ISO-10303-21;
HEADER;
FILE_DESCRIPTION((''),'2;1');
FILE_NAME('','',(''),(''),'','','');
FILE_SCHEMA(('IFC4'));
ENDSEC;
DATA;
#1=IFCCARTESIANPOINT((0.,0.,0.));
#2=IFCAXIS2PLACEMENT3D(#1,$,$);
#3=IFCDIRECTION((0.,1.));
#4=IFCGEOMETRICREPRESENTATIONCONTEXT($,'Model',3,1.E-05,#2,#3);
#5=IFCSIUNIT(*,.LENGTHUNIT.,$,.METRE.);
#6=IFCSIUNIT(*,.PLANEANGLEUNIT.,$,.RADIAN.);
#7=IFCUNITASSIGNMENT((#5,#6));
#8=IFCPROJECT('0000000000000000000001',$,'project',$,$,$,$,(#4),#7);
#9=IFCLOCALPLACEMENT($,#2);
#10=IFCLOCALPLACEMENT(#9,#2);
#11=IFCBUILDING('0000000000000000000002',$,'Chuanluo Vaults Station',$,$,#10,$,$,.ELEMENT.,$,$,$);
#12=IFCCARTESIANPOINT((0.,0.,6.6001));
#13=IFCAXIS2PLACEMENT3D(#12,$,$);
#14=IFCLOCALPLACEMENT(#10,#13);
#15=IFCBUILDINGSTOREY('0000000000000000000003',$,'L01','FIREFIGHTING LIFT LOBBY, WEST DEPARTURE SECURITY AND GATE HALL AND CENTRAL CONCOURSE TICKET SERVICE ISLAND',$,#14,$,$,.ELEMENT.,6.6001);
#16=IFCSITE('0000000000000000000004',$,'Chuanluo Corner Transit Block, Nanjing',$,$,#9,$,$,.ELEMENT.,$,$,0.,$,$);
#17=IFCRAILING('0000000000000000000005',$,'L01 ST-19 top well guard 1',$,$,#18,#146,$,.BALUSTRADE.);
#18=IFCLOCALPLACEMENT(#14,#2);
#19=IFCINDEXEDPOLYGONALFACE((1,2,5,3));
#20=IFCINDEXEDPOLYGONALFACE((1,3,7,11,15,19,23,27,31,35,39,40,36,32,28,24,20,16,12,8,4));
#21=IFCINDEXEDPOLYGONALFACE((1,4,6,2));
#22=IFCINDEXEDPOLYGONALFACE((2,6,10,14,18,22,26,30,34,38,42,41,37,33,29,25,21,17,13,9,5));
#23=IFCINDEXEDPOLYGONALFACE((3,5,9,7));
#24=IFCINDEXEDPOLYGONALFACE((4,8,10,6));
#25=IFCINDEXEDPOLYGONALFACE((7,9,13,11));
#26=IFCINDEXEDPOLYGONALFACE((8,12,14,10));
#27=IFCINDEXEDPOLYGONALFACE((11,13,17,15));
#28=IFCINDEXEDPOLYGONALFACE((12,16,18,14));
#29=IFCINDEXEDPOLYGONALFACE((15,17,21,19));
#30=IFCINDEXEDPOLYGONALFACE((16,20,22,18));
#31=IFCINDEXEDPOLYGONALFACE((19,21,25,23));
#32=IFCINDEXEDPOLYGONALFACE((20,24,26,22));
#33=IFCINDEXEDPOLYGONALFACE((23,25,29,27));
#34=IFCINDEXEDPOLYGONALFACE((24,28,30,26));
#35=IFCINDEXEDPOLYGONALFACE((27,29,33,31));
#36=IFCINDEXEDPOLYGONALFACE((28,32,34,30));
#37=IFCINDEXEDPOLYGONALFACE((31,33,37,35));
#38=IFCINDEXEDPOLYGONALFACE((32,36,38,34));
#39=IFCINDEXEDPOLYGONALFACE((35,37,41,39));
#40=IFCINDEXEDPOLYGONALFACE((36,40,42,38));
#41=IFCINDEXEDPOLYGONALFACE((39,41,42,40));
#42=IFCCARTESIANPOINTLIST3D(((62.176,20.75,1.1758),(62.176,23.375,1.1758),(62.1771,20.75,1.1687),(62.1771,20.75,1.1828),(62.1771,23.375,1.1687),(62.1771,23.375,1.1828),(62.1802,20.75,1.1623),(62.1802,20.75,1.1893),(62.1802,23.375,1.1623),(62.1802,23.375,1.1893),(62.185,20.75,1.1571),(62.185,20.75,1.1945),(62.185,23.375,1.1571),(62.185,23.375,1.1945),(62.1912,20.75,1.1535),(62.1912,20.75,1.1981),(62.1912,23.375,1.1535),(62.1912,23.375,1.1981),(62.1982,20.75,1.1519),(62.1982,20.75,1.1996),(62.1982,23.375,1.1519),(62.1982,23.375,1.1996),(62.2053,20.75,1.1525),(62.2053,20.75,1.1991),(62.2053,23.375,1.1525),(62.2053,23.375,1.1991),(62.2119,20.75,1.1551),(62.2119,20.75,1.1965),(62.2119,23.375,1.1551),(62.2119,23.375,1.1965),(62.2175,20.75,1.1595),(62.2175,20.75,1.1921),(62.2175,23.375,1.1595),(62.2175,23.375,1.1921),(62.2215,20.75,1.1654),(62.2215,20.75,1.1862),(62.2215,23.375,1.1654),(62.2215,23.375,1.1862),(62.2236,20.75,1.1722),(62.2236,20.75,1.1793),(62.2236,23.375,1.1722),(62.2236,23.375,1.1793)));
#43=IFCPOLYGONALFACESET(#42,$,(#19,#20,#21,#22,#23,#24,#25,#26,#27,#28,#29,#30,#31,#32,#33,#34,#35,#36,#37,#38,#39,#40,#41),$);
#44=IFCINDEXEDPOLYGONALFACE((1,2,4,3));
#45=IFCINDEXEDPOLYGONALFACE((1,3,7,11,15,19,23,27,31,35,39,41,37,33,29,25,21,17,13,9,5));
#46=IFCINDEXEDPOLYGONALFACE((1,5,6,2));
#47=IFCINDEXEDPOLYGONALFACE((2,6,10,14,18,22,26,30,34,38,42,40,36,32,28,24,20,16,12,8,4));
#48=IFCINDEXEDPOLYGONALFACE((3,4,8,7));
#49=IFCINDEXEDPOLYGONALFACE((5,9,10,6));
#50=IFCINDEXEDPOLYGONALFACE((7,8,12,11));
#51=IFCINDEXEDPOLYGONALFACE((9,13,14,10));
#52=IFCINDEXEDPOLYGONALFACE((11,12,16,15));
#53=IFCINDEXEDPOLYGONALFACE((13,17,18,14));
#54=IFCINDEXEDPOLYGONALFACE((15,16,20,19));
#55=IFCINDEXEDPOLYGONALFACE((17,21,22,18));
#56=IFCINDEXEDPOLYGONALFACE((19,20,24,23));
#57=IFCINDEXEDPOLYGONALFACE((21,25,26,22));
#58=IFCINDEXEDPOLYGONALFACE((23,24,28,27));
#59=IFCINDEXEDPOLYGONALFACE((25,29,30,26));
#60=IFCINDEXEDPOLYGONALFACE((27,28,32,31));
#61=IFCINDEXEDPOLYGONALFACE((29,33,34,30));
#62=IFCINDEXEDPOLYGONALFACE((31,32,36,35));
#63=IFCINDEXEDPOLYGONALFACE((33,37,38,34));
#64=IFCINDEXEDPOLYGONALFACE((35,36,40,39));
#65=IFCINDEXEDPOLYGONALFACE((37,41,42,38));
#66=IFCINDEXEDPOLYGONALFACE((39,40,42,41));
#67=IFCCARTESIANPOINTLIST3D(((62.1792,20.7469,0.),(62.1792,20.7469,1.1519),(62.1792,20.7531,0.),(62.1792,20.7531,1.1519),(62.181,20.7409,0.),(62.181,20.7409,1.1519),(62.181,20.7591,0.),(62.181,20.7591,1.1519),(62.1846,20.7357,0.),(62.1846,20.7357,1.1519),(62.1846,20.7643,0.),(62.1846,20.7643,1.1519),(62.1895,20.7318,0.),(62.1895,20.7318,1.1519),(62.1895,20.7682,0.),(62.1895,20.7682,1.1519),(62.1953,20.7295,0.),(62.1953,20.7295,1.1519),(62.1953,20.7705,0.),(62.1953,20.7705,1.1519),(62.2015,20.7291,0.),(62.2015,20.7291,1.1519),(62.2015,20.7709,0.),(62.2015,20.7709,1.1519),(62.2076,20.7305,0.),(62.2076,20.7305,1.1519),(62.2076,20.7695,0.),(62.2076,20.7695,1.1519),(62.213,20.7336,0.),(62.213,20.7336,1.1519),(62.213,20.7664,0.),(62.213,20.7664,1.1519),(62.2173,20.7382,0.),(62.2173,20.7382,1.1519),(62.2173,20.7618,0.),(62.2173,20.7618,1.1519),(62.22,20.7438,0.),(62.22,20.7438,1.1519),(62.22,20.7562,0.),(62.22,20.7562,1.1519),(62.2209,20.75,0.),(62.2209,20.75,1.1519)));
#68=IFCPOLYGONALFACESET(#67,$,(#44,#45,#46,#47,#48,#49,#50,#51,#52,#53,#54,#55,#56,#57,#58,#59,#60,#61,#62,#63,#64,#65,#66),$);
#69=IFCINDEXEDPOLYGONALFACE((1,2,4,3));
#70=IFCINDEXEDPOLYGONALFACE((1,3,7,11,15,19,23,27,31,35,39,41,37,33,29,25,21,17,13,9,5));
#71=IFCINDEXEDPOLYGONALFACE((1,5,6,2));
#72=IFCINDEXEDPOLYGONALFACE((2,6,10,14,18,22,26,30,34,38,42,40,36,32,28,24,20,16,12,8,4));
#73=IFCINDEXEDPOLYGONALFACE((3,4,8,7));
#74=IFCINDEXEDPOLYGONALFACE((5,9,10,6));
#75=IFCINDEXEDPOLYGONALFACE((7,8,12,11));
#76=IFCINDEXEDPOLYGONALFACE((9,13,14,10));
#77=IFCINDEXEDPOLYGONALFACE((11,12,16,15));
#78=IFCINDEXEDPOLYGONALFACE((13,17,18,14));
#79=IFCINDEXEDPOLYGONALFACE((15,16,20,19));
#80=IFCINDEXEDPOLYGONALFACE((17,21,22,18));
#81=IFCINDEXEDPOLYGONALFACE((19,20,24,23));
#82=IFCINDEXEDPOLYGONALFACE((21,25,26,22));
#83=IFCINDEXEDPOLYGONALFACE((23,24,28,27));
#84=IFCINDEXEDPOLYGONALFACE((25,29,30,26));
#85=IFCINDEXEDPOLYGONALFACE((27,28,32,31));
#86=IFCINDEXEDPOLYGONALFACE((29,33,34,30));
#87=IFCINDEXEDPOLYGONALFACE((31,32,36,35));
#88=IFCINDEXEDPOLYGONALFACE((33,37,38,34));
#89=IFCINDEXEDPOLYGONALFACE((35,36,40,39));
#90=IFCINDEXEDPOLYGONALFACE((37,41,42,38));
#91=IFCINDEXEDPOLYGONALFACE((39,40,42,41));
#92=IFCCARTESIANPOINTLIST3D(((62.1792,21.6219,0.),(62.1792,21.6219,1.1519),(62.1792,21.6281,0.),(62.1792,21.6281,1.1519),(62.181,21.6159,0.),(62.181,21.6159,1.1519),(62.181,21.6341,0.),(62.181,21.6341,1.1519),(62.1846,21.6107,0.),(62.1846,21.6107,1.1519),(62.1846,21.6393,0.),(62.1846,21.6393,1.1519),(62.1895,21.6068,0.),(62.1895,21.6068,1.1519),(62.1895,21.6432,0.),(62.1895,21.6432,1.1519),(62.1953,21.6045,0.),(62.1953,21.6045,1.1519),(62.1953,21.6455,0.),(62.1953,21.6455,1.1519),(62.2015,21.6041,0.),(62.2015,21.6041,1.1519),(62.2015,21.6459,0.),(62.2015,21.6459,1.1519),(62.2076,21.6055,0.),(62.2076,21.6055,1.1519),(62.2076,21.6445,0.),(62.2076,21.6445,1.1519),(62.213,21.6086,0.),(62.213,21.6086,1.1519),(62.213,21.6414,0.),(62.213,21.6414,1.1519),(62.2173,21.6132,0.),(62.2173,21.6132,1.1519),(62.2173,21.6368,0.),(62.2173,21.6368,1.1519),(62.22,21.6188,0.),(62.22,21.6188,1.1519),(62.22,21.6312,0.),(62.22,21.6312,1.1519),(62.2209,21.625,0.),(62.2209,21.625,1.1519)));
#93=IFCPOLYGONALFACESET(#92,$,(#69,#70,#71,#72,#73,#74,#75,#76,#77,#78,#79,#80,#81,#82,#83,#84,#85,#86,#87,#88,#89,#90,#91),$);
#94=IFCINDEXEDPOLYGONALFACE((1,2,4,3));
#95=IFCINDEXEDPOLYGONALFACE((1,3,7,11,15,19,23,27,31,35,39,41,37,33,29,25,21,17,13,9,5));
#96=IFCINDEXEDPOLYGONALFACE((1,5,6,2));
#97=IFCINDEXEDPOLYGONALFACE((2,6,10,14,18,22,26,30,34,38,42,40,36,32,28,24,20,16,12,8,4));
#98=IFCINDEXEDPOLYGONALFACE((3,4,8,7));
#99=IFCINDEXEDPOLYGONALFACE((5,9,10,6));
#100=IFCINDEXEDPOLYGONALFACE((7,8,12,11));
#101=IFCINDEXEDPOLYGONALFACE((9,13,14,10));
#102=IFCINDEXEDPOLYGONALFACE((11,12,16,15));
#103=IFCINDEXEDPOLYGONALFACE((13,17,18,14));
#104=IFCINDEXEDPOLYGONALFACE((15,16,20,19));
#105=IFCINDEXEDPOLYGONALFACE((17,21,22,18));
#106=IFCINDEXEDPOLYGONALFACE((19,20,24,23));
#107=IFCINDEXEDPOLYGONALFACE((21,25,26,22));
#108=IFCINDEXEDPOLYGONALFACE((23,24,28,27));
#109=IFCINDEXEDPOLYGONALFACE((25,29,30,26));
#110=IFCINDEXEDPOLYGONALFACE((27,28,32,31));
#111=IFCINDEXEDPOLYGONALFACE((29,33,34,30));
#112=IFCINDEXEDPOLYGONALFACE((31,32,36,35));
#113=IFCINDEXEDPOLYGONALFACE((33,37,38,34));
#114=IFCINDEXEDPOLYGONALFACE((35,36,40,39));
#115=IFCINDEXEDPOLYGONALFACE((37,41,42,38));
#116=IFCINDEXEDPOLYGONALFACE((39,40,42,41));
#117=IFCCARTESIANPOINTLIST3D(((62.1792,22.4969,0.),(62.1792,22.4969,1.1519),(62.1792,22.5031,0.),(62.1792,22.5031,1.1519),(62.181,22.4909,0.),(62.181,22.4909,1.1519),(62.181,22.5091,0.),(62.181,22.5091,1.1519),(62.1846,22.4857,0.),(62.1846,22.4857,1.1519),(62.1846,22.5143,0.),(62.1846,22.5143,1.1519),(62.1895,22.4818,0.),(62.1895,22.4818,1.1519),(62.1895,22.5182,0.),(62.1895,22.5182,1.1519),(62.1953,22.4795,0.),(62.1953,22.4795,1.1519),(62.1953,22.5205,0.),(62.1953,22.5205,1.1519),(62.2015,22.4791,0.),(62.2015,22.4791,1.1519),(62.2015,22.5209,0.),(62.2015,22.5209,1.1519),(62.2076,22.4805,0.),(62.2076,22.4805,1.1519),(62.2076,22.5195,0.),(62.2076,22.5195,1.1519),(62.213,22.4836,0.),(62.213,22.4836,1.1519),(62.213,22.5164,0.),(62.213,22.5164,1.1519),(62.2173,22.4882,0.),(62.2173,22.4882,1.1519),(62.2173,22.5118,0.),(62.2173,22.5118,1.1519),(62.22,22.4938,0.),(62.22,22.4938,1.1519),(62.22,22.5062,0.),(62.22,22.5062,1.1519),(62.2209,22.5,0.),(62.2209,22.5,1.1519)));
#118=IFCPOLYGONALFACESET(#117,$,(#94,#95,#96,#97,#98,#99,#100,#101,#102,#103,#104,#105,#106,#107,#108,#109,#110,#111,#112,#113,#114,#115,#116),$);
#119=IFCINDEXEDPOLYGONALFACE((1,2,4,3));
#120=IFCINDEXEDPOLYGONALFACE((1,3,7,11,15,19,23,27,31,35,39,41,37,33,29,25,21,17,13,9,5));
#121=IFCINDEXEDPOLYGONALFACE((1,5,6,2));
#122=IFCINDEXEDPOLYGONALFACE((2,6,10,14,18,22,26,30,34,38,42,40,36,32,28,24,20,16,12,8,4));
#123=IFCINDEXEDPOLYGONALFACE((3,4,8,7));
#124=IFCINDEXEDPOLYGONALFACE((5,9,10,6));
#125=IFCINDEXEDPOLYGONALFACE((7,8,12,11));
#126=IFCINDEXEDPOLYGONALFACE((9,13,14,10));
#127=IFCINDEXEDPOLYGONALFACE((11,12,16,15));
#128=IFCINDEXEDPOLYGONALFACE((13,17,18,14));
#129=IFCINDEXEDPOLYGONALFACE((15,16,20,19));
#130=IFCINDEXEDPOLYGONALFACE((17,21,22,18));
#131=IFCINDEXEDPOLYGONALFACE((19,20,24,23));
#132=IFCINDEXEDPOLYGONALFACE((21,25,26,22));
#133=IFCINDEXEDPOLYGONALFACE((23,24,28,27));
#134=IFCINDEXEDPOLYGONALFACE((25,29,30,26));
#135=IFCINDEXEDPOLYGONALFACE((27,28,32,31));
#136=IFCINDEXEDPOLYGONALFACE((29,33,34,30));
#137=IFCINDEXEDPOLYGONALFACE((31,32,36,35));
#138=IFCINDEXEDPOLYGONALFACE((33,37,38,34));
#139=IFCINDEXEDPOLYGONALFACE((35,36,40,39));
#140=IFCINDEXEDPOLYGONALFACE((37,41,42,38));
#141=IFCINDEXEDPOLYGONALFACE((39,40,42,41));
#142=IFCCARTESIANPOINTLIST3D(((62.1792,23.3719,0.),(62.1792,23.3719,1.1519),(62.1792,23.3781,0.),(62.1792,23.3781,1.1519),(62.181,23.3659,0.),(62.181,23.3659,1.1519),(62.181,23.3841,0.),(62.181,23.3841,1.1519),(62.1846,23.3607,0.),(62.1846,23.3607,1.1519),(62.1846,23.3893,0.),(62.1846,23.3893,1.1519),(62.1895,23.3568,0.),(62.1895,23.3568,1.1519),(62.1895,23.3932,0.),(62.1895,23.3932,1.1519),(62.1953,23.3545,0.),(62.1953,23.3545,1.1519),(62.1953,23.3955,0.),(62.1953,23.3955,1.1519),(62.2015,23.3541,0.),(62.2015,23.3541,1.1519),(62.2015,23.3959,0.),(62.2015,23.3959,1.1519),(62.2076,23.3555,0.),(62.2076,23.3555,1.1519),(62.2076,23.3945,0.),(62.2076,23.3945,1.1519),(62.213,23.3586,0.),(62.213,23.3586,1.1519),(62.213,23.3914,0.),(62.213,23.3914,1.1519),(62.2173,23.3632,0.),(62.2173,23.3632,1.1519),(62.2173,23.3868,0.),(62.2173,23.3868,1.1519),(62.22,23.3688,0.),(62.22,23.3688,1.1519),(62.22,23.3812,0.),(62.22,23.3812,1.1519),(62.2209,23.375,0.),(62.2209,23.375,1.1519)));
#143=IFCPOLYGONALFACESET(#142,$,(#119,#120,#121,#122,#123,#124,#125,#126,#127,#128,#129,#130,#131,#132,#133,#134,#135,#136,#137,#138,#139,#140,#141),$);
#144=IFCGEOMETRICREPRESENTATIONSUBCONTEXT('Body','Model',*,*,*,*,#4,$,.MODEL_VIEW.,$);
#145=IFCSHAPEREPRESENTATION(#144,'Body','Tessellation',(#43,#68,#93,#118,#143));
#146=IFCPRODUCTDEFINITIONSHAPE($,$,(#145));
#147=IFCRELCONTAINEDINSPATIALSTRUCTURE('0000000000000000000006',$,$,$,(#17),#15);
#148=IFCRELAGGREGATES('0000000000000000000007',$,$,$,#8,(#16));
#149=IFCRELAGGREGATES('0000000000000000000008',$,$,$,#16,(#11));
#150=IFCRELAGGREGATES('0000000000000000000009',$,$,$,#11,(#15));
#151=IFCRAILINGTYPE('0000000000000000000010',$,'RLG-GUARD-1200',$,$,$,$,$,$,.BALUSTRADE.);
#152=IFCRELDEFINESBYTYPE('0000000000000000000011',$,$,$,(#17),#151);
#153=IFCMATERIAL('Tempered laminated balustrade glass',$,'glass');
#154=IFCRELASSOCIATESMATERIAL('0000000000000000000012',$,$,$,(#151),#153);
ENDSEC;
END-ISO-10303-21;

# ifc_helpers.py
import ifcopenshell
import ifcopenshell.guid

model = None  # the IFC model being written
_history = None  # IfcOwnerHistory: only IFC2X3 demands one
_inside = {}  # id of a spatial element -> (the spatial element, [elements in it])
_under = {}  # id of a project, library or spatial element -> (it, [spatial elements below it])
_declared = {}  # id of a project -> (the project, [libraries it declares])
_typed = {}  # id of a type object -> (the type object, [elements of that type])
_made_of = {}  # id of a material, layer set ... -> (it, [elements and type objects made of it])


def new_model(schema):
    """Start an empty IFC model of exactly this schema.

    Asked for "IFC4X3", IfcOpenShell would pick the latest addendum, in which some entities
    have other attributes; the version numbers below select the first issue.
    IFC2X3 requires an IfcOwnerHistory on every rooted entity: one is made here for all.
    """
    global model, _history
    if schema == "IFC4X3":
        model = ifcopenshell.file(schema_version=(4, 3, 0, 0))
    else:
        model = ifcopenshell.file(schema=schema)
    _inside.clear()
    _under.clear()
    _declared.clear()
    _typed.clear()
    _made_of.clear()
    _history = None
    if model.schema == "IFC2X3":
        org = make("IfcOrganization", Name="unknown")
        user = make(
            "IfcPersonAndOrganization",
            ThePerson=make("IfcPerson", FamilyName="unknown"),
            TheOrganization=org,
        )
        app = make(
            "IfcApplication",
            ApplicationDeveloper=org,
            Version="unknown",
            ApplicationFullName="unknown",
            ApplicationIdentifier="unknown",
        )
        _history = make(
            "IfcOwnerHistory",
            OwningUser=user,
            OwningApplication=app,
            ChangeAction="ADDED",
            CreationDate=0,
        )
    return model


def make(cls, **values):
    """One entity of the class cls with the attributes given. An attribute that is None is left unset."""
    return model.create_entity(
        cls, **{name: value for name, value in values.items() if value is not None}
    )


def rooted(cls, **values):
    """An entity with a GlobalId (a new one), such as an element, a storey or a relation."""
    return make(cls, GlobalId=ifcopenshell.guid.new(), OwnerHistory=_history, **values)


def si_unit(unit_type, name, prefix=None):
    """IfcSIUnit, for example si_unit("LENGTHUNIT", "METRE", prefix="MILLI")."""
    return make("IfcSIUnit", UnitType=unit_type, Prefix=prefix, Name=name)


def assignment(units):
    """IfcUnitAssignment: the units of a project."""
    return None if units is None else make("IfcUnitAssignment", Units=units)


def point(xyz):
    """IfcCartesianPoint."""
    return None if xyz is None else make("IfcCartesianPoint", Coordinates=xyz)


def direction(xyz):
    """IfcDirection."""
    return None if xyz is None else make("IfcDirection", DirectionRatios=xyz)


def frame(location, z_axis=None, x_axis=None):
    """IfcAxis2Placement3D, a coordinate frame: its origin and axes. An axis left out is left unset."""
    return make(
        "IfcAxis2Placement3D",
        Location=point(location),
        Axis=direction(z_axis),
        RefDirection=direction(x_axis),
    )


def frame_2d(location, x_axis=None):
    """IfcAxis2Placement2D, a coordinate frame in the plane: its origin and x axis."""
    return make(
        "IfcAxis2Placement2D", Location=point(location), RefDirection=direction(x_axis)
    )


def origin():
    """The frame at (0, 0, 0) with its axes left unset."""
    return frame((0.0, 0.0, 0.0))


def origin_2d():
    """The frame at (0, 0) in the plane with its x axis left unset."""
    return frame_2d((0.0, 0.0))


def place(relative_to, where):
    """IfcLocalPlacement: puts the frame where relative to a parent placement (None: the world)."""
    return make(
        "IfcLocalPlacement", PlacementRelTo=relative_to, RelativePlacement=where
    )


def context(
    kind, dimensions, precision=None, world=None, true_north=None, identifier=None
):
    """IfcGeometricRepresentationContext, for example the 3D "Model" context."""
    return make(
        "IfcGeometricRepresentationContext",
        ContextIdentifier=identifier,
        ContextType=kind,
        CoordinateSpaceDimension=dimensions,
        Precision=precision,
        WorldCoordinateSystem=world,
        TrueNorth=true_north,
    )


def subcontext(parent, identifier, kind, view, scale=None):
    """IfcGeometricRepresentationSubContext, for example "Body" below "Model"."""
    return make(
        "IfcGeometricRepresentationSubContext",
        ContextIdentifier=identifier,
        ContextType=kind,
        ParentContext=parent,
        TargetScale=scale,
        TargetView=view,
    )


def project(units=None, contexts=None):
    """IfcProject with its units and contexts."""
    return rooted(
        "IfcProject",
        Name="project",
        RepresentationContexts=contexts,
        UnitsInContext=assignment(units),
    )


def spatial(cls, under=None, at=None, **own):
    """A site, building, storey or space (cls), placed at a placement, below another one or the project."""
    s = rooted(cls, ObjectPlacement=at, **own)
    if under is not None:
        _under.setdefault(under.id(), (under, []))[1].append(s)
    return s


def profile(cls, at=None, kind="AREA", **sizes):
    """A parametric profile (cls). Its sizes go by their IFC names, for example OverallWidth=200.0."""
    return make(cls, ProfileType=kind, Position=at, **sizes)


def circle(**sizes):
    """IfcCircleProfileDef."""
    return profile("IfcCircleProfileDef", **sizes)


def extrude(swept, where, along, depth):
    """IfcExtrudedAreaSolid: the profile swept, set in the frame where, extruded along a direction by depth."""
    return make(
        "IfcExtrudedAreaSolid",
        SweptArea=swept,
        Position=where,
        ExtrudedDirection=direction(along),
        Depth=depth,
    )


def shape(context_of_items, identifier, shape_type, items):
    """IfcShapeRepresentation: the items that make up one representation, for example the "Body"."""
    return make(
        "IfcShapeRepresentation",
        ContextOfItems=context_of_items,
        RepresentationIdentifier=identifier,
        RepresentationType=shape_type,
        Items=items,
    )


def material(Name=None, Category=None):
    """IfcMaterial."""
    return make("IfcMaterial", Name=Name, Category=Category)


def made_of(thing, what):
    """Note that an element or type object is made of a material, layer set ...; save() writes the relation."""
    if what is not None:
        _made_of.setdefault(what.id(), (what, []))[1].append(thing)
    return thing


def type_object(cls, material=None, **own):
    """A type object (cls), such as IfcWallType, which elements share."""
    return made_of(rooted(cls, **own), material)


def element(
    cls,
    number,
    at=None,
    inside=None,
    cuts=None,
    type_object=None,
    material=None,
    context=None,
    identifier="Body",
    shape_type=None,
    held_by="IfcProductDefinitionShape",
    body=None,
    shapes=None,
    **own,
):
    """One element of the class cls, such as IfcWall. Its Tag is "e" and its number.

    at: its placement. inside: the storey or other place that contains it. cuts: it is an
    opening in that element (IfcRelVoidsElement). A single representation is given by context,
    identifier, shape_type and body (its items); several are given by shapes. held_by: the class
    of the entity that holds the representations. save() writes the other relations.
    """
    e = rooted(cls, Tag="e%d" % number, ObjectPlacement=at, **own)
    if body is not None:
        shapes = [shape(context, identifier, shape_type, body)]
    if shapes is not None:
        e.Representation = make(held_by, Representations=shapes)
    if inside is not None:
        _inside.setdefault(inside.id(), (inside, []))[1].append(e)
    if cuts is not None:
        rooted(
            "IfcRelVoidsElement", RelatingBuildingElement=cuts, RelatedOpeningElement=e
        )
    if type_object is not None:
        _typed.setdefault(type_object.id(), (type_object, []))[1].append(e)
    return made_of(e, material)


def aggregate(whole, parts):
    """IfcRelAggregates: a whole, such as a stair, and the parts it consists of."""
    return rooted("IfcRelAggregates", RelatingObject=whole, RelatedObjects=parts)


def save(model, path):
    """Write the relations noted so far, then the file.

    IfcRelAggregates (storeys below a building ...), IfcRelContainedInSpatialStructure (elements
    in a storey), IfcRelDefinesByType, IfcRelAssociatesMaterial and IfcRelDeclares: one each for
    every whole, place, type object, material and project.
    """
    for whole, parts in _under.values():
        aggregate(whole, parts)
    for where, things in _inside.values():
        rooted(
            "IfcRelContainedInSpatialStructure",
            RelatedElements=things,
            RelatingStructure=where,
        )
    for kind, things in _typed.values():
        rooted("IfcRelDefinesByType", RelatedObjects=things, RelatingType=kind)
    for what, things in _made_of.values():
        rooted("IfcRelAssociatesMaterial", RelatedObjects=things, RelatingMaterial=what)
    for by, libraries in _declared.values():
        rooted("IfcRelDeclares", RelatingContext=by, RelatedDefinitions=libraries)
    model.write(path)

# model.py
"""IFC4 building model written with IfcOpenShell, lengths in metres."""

from ifc_helpers import new_model, si_unit, direction, frame, origin, origin_2d, place, context, subcontext, project, spatial, circle, extrude, material, type_object, element, save


model = new_model("IFC4")

# Units and contexts
model_context = context("Model", 3, precision=1e-05, world=origin(), true_north=direction((0.0, 1.0)))
body_context = subcontext(model_context, "Body", "Model", "MODEL_VIEW")
ifc_project = project(units=[si_unit("LENGTHUNIT", "METRE"), si_unit("PLANEANGLEUNIT", "RADIAN")], contexts=[model_context])

# Site, building, storey
site_placement = place(None, origin())
site = spatial("IfcSite", under=ifc_project, at=site_placement, Name="Chuanluo Corner Transit Block, Nanjing", CompositionType="ELEMENT", RefElevation=0.0)
building_placement = place(site_placement, origin())
building = spatial("IfcBuilding", under=site, at=building_placement, Name="Chuanluo Vaults Station", CompositionType="ELEMENT")
storey_placement = place(building_placement, frame((0.0, 0.0, 6.6001)))
storey = spatial("IfcBuildingStorey", under=building, at=storey_placement, Name="L01", Description="FIREFIGHTING LIFT LOBBY, WEST DEPARTURE SECURITY AND GATE HALL AND CENTRAL CONCOURSE TICKET SERVICE ISLAND", CompositionType="ELEMENT", Elevation=6.6001)

# Railing
ifc_material_1 = material(Name="Tempered laminated balustrade glass", Category="glass")
railing_type_1 = type_object("IfcRailingType", Name="RLG-GUARD-1200", PredefinedType="BALUSTRADE", material=ifc_material_1)
railing_1_placement = place(storey_placement, frame((62.2, 20.75, 0.0)))
element("IfcRailing", 1, at=railing_1_placement, inside=storey, type_object=railing_type_1, Name="L01 ST-19 top well guard 1", PredefinedType="BALUSTRADE", context=body_context, shape_type="SweptSolid", body=[
    extrude(circle(Radius=0.0239, at=origin_2d()), frame((0.0, 0.0, 1.1758), z_axis=(0.0, 1.0, 0.0), x_axis=(-1.0, 0.0, 0.0)), (0.0, 0.0, 1.0), 2.625),
    extrude(circle(Radius=0.021, at=origin_2d()), origin(), (0.0, 0.0, 1.0), 1.1519),
    extrude(circle(Radius=0.021, at=origin_2d()), frame((0.0, 0.875, 0.0)), (0.0, 0.0, 1.0), 1.1519),
    extrude(circle(Radius=0.021, at=origin_2d()), frame((0.0, 1.75, 0.0)), (0.0, 0.0, 1.0), 1.1519),
    extrude(circle(Radius=0.021, at=origin_2d()), frame((0.0, 2.625, 0.0)), (0.0, 0.0, 1.0), 1.1519),
])

save(model, "model.ifc")
